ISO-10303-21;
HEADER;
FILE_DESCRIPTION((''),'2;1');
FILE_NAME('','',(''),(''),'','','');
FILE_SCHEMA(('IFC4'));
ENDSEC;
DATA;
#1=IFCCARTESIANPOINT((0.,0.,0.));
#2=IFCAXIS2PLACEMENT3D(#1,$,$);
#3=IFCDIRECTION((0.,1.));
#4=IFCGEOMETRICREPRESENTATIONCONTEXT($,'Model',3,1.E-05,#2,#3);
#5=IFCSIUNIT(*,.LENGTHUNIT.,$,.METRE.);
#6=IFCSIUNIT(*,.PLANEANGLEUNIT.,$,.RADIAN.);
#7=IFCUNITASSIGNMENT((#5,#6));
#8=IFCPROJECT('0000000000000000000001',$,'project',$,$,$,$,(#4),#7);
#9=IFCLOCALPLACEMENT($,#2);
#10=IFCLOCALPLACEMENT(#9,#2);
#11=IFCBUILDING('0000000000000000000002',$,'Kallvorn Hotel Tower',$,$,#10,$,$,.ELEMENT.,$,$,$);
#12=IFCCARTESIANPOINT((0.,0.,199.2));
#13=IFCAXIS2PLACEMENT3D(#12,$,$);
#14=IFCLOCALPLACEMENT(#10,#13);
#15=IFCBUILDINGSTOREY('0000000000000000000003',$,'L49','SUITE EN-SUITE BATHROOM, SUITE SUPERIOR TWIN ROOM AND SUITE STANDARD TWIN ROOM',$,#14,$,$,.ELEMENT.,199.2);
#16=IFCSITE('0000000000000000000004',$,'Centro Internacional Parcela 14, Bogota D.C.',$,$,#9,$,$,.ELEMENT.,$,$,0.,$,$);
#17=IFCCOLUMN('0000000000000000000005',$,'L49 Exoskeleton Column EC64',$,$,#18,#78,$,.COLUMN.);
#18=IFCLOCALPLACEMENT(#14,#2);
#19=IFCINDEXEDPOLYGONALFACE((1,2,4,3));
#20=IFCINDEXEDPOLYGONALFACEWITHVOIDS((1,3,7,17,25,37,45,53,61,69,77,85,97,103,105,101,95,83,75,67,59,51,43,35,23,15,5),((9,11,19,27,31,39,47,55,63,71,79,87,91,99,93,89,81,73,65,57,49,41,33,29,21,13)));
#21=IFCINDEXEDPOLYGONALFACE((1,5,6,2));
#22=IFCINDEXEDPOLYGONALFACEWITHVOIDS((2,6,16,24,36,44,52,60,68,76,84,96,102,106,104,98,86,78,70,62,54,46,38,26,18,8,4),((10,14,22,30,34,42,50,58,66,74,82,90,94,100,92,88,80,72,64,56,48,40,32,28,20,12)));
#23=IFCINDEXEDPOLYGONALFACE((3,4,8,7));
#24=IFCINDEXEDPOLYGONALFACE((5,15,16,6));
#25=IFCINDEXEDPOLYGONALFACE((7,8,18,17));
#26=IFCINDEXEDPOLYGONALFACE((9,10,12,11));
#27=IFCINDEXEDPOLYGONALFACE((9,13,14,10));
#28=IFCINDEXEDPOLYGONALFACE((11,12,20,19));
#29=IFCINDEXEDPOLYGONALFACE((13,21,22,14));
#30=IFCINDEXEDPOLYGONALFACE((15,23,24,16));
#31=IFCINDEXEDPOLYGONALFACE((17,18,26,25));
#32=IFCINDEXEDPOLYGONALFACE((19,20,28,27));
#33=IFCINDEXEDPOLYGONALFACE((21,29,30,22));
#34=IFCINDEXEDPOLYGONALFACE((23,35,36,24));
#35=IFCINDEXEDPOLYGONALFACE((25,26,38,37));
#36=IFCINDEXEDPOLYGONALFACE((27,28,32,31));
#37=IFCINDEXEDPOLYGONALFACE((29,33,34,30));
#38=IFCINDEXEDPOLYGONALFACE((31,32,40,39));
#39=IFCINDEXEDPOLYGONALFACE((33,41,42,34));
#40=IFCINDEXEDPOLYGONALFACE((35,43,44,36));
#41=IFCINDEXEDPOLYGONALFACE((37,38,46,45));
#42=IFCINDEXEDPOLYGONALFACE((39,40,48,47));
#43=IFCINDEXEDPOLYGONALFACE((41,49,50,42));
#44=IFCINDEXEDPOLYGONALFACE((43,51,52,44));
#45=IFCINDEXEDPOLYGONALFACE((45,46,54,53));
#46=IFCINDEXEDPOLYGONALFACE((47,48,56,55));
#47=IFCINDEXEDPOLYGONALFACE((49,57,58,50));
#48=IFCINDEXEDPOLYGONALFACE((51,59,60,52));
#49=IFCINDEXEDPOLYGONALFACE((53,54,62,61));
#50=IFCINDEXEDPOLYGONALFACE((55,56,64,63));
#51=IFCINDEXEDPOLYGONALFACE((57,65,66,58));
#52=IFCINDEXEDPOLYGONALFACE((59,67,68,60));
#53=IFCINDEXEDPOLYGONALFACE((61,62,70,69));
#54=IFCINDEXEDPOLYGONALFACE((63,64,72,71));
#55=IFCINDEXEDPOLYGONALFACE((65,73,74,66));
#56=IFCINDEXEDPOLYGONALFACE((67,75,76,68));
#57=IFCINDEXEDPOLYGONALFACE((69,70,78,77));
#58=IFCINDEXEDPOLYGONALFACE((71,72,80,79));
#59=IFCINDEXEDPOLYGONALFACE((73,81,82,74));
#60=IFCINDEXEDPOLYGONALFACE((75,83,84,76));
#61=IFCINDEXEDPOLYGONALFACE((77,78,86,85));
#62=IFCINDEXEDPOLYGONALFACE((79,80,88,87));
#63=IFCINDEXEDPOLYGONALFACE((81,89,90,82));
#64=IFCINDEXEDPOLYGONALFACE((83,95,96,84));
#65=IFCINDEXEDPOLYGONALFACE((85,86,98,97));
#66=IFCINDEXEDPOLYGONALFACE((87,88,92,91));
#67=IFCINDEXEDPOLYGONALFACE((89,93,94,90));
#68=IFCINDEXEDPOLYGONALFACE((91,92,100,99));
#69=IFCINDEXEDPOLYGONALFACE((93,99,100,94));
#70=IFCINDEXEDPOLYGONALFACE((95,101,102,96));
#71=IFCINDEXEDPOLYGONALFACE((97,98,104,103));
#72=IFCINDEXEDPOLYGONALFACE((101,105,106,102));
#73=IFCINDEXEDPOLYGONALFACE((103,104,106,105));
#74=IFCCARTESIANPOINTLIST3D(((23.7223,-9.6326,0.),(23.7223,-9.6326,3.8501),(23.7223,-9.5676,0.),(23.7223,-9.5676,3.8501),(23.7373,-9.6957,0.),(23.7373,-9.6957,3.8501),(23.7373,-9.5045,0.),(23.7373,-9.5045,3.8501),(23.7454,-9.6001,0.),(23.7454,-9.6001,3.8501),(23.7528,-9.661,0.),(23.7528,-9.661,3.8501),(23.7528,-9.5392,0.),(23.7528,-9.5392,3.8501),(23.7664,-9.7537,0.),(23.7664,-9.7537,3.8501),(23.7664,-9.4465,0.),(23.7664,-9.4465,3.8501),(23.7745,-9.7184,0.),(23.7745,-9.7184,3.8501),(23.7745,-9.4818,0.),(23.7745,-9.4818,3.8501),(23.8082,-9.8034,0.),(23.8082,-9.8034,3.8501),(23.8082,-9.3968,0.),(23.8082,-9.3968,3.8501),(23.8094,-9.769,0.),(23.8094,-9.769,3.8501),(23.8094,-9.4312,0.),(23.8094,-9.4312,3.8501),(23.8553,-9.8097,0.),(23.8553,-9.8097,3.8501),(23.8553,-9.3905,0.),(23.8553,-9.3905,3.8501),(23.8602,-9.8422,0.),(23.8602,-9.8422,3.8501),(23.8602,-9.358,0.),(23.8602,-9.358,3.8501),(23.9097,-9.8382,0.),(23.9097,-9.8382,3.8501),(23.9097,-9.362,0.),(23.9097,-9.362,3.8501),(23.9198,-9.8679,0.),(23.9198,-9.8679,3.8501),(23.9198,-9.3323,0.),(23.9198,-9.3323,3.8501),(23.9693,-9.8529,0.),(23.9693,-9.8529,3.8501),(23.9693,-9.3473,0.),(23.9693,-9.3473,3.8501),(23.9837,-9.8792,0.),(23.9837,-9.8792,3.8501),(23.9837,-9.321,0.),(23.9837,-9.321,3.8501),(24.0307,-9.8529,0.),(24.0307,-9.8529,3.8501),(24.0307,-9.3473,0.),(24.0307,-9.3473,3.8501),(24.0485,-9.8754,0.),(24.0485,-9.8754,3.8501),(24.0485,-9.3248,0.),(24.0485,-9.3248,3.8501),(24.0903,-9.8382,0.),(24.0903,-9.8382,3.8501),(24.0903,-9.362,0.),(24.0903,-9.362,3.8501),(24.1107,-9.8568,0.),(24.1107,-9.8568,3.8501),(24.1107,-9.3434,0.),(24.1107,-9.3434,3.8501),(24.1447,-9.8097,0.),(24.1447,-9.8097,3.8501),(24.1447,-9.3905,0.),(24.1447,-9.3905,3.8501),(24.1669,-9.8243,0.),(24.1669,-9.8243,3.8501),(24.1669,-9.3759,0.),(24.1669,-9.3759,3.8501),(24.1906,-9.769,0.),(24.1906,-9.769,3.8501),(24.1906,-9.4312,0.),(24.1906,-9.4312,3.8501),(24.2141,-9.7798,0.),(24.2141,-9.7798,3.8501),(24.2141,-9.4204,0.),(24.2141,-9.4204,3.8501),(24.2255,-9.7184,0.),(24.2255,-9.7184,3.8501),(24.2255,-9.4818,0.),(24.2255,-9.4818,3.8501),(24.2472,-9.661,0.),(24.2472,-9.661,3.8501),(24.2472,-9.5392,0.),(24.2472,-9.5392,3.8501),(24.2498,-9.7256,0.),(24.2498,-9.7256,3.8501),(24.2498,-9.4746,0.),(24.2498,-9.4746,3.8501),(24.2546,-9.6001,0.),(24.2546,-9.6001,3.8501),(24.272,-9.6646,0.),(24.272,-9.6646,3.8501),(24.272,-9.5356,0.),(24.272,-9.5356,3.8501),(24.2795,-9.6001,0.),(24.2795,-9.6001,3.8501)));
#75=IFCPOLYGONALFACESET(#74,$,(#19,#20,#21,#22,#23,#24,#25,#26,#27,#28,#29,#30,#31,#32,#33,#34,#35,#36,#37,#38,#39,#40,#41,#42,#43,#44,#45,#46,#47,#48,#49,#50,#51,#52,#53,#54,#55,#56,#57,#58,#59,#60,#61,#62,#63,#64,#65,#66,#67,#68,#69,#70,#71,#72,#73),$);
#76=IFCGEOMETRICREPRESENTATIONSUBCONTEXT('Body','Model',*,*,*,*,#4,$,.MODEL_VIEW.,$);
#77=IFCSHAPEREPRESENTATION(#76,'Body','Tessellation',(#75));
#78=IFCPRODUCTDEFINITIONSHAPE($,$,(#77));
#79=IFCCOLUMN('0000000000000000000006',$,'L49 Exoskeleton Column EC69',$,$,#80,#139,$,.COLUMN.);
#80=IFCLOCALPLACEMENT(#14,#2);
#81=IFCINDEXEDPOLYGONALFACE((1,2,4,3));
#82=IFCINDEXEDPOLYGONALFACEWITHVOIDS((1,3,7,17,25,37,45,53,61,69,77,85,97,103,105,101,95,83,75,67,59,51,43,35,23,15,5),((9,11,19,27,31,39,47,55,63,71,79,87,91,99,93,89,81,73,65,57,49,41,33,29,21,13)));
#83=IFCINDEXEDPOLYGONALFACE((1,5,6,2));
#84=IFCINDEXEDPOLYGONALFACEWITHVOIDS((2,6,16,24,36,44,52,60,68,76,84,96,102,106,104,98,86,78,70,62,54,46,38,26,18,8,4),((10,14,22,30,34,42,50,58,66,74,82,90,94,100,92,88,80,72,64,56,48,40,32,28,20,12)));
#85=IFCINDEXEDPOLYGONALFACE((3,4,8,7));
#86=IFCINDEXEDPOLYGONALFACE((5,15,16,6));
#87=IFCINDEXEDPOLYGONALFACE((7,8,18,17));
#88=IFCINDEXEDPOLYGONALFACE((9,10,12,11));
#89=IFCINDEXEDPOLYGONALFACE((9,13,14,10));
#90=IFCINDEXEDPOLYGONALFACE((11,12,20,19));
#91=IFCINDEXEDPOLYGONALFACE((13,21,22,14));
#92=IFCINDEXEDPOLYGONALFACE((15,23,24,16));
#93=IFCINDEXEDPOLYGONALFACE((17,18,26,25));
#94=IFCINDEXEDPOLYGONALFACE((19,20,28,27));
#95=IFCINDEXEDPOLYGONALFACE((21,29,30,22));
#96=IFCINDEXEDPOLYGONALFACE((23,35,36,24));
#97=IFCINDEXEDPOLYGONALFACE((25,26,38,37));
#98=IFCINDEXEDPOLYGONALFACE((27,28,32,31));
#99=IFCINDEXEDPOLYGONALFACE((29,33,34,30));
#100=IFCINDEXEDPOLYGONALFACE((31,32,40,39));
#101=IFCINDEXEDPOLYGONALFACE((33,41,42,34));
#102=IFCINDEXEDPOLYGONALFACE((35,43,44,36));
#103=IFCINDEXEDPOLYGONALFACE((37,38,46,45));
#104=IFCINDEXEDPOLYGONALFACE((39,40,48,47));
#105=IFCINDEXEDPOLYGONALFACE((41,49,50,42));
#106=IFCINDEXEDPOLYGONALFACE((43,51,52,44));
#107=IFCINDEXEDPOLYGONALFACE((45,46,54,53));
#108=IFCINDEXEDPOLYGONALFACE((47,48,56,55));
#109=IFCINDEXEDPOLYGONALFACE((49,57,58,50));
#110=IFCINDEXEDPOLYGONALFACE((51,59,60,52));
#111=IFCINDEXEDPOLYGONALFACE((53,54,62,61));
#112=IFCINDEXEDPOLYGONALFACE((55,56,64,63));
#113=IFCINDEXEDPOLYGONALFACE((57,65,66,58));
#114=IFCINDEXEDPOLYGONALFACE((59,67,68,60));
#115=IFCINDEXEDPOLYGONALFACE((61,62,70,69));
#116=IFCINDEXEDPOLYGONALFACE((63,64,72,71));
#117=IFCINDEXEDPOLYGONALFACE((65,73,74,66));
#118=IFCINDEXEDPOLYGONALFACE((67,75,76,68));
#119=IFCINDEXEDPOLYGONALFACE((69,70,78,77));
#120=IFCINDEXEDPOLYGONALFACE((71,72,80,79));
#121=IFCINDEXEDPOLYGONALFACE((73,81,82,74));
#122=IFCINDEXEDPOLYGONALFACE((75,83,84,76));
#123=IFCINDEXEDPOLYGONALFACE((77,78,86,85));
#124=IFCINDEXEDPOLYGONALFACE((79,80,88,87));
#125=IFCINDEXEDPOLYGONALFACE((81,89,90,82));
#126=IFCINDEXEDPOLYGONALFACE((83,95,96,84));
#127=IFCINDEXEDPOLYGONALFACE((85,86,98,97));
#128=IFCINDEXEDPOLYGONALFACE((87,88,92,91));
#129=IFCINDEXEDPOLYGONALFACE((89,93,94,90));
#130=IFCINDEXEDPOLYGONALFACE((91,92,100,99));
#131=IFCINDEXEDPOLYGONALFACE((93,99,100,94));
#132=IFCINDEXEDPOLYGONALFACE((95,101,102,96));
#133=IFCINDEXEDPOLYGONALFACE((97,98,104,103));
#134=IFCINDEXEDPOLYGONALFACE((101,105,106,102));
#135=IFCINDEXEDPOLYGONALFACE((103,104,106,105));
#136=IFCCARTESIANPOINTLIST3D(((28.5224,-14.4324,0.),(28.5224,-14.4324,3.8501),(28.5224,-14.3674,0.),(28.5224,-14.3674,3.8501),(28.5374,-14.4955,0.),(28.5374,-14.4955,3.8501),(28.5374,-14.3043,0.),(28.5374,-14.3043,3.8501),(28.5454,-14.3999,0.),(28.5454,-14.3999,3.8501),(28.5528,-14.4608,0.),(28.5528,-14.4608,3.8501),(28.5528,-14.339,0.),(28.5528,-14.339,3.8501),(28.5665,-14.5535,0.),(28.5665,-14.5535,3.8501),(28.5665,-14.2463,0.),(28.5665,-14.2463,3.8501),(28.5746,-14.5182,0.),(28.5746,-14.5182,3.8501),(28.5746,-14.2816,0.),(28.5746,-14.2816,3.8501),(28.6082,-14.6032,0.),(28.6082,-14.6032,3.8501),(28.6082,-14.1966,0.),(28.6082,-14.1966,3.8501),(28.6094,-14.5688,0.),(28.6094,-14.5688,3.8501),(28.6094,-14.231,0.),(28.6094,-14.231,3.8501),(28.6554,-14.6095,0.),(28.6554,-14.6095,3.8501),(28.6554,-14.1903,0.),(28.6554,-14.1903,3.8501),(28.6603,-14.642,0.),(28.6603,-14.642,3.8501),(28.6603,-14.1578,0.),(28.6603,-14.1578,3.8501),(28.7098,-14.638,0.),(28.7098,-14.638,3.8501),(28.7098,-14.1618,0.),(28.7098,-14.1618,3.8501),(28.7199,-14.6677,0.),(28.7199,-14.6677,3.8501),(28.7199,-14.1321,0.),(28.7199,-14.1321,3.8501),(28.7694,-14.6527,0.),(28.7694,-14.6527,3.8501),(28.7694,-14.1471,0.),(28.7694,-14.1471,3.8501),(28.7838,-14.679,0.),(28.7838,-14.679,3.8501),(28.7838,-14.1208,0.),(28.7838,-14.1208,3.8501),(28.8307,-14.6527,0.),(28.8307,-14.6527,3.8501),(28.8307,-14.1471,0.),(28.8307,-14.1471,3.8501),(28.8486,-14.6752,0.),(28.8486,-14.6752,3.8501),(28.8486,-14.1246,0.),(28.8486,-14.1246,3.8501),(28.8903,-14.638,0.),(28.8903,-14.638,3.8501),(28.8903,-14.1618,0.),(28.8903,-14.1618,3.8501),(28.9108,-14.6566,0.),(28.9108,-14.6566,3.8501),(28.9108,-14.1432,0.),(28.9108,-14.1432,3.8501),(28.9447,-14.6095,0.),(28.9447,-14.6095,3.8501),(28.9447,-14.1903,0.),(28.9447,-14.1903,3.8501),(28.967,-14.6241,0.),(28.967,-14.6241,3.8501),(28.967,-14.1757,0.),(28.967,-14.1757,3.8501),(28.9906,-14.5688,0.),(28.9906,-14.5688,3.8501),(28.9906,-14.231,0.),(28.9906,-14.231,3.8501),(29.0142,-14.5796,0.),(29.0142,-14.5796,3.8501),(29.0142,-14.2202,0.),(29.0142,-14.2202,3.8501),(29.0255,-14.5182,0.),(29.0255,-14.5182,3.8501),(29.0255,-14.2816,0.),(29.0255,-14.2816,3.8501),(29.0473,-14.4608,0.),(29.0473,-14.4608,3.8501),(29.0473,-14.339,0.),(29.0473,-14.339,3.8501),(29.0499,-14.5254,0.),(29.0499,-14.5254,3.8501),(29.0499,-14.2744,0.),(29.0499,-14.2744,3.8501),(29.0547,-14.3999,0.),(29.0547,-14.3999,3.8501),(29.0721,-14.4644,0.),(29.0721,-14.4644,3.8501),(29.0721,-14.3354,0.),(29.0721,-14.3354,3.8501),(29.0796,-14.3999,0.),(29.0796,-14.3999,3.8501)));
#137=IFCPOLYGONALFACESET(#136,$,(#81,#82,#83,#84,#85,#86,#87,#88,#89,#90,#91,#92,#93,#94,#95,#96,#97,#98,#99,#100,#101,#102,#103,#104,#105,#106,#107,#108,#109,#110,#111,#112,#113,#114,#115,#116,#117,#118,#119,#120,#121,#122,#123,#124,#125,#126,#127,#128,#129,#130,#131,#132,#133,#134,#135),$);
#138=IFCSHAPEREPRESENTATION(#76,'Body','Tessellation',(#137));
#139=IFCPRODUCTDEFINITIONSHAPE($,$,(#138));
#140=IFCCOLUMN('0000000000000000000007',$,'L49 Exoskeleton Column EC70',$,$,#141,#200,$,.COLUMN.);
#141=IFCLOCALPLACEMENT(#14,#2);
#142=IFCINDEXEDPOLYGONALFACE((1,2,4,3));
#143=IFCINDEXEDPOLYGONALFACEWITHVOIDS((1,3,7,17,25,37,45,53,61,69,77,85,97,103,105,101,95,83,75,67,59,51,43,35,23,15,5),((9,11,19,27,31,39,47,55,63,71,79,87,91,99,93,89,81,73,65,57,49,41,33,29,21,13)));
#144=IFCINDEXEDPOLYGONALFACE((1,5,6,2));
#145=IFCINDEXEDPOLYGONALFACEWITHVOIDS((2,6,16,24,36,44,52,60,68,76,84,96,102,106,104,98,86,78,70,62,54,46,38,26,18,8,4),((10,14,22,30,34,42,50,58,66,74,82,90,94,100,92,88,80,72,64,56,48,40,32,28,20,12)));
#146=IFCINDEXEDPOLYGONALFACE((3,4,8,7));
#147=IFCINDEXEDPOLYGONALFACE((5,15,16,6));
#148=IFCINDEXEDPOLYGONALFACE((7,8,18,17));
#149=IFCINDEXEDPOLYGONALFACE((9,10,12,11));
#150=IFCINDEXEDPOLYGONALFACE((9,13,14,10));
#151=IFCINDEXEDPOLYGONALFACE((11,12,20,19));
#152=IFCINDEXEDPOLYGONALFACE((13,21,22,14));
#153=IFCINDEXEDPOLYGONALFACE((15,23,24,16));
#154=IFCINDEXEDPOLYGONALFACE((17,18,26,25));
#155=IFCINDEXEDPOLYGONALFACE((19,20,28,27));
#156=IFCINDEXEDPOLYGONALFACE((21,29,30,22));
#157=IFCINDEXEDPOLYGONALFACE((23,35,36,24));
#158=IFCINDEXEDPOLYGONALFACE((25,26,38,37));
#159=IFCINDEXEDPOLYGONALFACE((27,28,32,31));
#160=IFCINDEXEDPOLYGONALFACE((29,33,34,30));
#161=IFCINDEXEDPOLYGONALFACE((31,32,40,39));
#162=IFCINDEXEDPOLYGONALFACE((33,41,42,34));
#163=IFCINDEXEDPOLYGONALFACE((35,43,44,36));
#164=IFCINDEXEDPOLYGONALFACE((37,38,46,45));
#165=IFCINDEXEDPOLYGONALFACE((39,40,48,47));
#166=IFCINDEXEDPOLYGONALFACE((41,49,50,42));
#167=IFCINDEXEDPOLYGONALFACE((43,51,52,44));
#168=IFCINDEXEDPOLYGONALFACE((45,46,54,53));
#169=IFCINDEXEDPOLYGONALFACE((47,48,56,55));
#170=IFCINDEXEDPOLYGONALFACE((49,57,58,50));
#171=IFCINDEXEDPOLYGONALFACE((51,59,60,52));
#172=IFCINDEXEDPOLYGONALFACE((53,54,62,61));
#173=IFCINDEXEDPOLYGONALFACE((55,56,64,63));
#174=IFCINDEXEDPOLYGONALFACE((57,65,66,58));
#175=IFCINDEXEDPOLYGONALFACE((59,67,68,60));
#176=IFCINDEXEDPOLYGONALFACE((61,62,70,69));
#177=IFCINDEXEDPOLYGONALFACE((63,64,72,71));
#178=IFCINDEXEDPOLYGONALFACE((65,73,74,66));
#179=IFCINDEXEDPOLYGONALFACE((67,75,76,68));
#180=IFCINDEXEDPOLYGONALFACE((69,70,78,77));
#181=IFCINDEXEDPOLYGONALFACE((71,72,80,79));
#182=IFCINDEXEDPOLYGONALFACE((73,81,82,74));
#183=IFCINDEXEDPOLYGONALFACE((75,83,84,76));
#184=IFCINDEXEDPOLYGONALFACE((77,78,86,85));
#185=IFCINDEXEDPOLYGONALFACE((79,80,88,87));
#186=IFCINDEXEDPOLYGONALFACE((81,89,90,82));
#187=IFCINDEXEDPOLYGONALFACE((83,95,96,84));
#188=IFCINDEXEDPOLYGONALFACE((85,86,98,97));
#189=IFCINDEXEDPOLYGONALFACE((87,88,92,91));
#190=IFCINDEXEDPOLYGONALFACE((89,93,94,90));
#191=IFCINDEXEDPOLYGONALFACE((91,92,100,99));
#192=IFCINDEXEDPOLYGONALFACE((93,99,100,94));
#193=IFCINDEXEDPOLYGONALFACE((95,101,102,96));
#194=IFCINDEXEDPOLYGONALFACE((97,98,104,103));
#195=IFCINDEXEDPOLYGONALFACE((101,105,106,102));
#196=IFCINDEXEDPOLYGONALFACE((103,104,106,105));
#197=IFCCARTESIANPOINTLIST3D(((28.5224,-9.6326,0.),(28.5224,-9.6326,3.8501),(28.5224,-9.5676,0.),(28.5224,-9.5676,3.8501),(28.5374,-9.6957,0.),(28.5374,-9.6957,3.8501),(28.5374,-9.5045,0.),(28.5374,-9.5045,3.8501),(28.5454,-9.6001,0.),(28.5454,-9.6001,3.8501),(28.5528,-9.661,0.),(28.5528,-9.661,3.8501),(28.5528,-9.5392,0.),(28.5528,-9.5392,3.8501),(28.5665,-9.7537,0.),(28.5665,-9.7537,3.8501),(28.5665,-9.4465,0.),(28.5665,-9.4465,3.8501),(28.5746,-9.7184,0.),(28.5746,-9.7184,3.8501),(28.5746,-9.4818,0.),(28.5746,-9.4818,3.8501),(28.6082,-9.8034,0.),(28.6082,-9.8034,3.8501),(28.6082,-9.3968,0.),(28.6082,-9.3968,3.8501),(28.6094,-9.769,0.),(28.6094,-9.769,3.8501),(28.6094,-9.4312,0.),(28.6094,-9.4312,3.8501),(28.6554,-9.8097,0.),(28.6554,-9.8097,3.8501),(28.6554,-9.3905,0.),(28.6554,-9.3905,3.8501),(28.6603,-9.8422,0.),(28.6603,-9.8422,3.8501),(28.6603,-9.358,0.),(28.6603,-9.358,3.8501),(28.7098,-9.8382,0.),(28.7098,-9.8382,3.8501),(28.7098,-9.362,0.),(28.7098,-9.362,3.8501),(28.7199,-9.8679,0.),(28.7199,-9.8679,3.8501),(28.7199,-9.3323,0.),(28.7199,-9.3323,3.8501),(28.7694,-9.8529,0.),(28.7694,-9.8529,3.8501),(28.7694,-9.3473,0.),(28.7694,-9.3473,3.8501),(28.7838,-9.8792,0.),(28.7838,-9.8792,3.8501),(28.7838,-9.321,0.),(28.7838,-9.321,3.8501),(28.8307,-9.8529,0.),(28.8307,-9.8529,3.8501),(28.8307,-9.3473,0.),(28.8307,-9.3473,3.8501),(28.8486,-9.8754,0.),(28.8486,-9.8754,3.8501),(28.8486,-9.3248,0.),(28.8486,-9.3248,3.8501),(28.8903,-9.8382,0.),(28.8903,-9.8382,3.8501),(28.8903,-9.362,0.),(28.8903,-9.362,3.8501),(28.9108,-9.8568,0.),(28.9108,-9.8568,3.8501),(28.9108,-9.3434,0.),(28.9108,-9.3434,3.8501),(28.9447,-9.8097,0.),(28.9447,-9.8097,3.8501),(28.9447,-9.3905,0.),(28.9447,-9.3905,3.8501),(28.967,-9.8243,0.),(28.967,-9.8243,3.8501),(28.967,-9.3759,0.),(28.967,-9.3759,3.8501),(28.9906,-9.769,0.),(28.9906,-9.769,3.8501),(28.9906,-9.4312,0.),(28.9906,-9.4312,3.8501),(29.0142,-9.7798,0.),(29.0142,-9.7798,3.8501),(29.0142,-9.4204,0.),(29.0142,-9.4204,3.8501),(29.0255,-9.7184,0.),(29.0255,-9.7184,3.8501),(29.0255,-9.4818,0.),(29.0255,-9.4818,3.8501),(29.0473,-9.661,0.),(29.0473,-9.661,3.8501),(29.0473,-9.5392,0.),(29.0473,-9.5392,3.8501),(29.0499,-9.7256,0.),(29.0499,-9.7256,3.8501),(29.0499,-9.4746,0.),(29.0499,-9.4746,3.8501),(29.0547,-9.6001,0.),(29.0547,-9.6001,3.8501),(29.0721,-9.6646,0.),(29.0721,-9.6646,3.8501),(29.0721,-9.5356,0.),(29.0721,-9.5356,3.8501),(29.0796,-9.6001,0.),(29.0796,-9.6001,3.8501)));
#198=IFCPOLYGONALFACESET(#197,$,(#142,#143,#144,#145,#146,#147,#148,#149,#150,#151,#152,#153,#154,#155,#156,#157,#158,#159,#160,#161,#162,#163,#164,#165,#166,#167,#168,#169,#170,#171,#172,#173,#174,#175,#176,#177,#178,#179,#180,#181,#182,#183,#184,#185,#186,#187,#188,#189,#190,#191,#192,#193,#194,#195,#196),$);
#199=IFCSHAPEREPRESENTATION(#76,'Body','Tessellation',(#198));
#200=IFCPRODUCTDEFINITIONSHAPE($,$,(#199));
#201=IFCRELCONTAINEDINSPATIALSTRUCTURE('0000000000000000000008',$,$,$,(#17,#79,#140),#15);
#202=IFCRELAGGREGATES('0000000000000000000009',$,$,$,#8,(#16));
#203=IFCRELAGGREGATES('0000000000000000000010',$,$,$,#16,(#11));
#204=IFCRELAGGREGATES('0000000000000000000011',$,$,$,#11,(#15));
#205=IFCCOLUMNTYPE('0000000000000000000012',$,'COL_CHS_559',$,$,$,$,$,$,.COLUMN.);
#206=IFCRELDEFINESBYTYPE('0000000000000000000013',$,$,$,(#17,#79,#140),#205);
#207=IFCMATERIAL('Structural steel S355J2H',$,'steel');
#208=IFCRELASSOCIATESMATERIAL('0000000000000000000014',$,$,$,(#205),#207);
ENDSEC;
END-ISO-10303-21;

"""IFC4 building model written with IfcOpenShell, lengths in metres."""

from ifc_helpers import new_model, si_unit, direction, frame, origin, origin_2d, place, context, subcontext, project, spatial, hollow_circle, extrude, material, material_profile, profile_set, type_object, element, save


model = new_model("IFC4")

# Units and contexts
model_context = context("Model", 3, precision=1e-05, world=origin(), true_north=direction((0.0, 1.0)))
body_context = subcontext(model_context, "Body", "Model", "MODEL_VIEW")
ifc_project = project(units=[si_unit("LENGTHUNIT", "METRE"), si_unit("PLANEANGLEUNIT", "RADIAN")], contexts=[model_context])

# Site, building, storey
site_placement = place(None, origin())
site = spatial("IfcSite", under=ifc_project, at=site_placement, Name="Centro Internacional Parcela 14, Bogota D.C.", CompositionType="ELEMENT", RefElevation=0.0)
building_placement = place(site_placement, origin())
building = spatial("IfcBuilding", under=site, at=building_placement, Name="Kallvorn Hotel Tower", CompositionType="ELEMENT")
storey_placement = place(building_placement, frame((0.0, 0.0, 199.2)))
storey = spatial("IfcBuildingStorey", under=building, at=storey_placement, Name="L49", Description="SUITE EN-SUITE BATHROOM, SUITE SUPERIOR TWIN ROOM AND SUITE STANDARD TWIN ROOM", CompositionType="ELEMENT", Elevation=199.2)

# Columns
ifc_material_1 = material(Name="Structural steel S355J2H", Category="steel")
ifc_material_profile_1 = material_profile(ifc_material_1, hollow_circle(Radius=0.2795, WallThickness=0.0249, at=origin_2d()), Name="CHS 559x25")
ifc_profile_set_1 = profile_set([ifc_material_profile_1], Name="Structural steel S355J2H")
column_type_1 = type_object("IfcColumnType", Name="COL_CHS_559", PredefinedType="COLUMN", material=ifc_profile_set_1)
for number, where, z_axis, x_axis, name in (
    (1, (24.0, -9.6001, 0.0), (0.0, 0.0, 1.0), (1.0, 0.0, 0.0), "L49 Exoskeleton Column EC64"),
    (2, (28.8, -14.3999, 0.0), (0.0, 0.0, 1.0), (1.0, 0.0, 0.0), "L49 Exoskeleton Column EC69"),
    (3, (28.8, -9.6001, 0.0), (0.0, 0.0, 1.0), (1.0, 0.0, 0.0), "L49 Exoskeleton Column EC70"),
):
    element("IfcColumn", number, at=place(storey_placement, frame(where, z_axis=z_axis, x_axis=x_axis)), inside=storey, type_object=column_type_1, Name=name, PredefinedType="COLUMN", context=body_context, shape_type="SweptSolid", body=[
        extrude(hollow_circle(Radius=0.2795, WallThickness=0.0249, at=origin_2d()), origin(), (0.0, 0.0, 1.0), 3.8501),
    ])

save(model, "model.ifc")
